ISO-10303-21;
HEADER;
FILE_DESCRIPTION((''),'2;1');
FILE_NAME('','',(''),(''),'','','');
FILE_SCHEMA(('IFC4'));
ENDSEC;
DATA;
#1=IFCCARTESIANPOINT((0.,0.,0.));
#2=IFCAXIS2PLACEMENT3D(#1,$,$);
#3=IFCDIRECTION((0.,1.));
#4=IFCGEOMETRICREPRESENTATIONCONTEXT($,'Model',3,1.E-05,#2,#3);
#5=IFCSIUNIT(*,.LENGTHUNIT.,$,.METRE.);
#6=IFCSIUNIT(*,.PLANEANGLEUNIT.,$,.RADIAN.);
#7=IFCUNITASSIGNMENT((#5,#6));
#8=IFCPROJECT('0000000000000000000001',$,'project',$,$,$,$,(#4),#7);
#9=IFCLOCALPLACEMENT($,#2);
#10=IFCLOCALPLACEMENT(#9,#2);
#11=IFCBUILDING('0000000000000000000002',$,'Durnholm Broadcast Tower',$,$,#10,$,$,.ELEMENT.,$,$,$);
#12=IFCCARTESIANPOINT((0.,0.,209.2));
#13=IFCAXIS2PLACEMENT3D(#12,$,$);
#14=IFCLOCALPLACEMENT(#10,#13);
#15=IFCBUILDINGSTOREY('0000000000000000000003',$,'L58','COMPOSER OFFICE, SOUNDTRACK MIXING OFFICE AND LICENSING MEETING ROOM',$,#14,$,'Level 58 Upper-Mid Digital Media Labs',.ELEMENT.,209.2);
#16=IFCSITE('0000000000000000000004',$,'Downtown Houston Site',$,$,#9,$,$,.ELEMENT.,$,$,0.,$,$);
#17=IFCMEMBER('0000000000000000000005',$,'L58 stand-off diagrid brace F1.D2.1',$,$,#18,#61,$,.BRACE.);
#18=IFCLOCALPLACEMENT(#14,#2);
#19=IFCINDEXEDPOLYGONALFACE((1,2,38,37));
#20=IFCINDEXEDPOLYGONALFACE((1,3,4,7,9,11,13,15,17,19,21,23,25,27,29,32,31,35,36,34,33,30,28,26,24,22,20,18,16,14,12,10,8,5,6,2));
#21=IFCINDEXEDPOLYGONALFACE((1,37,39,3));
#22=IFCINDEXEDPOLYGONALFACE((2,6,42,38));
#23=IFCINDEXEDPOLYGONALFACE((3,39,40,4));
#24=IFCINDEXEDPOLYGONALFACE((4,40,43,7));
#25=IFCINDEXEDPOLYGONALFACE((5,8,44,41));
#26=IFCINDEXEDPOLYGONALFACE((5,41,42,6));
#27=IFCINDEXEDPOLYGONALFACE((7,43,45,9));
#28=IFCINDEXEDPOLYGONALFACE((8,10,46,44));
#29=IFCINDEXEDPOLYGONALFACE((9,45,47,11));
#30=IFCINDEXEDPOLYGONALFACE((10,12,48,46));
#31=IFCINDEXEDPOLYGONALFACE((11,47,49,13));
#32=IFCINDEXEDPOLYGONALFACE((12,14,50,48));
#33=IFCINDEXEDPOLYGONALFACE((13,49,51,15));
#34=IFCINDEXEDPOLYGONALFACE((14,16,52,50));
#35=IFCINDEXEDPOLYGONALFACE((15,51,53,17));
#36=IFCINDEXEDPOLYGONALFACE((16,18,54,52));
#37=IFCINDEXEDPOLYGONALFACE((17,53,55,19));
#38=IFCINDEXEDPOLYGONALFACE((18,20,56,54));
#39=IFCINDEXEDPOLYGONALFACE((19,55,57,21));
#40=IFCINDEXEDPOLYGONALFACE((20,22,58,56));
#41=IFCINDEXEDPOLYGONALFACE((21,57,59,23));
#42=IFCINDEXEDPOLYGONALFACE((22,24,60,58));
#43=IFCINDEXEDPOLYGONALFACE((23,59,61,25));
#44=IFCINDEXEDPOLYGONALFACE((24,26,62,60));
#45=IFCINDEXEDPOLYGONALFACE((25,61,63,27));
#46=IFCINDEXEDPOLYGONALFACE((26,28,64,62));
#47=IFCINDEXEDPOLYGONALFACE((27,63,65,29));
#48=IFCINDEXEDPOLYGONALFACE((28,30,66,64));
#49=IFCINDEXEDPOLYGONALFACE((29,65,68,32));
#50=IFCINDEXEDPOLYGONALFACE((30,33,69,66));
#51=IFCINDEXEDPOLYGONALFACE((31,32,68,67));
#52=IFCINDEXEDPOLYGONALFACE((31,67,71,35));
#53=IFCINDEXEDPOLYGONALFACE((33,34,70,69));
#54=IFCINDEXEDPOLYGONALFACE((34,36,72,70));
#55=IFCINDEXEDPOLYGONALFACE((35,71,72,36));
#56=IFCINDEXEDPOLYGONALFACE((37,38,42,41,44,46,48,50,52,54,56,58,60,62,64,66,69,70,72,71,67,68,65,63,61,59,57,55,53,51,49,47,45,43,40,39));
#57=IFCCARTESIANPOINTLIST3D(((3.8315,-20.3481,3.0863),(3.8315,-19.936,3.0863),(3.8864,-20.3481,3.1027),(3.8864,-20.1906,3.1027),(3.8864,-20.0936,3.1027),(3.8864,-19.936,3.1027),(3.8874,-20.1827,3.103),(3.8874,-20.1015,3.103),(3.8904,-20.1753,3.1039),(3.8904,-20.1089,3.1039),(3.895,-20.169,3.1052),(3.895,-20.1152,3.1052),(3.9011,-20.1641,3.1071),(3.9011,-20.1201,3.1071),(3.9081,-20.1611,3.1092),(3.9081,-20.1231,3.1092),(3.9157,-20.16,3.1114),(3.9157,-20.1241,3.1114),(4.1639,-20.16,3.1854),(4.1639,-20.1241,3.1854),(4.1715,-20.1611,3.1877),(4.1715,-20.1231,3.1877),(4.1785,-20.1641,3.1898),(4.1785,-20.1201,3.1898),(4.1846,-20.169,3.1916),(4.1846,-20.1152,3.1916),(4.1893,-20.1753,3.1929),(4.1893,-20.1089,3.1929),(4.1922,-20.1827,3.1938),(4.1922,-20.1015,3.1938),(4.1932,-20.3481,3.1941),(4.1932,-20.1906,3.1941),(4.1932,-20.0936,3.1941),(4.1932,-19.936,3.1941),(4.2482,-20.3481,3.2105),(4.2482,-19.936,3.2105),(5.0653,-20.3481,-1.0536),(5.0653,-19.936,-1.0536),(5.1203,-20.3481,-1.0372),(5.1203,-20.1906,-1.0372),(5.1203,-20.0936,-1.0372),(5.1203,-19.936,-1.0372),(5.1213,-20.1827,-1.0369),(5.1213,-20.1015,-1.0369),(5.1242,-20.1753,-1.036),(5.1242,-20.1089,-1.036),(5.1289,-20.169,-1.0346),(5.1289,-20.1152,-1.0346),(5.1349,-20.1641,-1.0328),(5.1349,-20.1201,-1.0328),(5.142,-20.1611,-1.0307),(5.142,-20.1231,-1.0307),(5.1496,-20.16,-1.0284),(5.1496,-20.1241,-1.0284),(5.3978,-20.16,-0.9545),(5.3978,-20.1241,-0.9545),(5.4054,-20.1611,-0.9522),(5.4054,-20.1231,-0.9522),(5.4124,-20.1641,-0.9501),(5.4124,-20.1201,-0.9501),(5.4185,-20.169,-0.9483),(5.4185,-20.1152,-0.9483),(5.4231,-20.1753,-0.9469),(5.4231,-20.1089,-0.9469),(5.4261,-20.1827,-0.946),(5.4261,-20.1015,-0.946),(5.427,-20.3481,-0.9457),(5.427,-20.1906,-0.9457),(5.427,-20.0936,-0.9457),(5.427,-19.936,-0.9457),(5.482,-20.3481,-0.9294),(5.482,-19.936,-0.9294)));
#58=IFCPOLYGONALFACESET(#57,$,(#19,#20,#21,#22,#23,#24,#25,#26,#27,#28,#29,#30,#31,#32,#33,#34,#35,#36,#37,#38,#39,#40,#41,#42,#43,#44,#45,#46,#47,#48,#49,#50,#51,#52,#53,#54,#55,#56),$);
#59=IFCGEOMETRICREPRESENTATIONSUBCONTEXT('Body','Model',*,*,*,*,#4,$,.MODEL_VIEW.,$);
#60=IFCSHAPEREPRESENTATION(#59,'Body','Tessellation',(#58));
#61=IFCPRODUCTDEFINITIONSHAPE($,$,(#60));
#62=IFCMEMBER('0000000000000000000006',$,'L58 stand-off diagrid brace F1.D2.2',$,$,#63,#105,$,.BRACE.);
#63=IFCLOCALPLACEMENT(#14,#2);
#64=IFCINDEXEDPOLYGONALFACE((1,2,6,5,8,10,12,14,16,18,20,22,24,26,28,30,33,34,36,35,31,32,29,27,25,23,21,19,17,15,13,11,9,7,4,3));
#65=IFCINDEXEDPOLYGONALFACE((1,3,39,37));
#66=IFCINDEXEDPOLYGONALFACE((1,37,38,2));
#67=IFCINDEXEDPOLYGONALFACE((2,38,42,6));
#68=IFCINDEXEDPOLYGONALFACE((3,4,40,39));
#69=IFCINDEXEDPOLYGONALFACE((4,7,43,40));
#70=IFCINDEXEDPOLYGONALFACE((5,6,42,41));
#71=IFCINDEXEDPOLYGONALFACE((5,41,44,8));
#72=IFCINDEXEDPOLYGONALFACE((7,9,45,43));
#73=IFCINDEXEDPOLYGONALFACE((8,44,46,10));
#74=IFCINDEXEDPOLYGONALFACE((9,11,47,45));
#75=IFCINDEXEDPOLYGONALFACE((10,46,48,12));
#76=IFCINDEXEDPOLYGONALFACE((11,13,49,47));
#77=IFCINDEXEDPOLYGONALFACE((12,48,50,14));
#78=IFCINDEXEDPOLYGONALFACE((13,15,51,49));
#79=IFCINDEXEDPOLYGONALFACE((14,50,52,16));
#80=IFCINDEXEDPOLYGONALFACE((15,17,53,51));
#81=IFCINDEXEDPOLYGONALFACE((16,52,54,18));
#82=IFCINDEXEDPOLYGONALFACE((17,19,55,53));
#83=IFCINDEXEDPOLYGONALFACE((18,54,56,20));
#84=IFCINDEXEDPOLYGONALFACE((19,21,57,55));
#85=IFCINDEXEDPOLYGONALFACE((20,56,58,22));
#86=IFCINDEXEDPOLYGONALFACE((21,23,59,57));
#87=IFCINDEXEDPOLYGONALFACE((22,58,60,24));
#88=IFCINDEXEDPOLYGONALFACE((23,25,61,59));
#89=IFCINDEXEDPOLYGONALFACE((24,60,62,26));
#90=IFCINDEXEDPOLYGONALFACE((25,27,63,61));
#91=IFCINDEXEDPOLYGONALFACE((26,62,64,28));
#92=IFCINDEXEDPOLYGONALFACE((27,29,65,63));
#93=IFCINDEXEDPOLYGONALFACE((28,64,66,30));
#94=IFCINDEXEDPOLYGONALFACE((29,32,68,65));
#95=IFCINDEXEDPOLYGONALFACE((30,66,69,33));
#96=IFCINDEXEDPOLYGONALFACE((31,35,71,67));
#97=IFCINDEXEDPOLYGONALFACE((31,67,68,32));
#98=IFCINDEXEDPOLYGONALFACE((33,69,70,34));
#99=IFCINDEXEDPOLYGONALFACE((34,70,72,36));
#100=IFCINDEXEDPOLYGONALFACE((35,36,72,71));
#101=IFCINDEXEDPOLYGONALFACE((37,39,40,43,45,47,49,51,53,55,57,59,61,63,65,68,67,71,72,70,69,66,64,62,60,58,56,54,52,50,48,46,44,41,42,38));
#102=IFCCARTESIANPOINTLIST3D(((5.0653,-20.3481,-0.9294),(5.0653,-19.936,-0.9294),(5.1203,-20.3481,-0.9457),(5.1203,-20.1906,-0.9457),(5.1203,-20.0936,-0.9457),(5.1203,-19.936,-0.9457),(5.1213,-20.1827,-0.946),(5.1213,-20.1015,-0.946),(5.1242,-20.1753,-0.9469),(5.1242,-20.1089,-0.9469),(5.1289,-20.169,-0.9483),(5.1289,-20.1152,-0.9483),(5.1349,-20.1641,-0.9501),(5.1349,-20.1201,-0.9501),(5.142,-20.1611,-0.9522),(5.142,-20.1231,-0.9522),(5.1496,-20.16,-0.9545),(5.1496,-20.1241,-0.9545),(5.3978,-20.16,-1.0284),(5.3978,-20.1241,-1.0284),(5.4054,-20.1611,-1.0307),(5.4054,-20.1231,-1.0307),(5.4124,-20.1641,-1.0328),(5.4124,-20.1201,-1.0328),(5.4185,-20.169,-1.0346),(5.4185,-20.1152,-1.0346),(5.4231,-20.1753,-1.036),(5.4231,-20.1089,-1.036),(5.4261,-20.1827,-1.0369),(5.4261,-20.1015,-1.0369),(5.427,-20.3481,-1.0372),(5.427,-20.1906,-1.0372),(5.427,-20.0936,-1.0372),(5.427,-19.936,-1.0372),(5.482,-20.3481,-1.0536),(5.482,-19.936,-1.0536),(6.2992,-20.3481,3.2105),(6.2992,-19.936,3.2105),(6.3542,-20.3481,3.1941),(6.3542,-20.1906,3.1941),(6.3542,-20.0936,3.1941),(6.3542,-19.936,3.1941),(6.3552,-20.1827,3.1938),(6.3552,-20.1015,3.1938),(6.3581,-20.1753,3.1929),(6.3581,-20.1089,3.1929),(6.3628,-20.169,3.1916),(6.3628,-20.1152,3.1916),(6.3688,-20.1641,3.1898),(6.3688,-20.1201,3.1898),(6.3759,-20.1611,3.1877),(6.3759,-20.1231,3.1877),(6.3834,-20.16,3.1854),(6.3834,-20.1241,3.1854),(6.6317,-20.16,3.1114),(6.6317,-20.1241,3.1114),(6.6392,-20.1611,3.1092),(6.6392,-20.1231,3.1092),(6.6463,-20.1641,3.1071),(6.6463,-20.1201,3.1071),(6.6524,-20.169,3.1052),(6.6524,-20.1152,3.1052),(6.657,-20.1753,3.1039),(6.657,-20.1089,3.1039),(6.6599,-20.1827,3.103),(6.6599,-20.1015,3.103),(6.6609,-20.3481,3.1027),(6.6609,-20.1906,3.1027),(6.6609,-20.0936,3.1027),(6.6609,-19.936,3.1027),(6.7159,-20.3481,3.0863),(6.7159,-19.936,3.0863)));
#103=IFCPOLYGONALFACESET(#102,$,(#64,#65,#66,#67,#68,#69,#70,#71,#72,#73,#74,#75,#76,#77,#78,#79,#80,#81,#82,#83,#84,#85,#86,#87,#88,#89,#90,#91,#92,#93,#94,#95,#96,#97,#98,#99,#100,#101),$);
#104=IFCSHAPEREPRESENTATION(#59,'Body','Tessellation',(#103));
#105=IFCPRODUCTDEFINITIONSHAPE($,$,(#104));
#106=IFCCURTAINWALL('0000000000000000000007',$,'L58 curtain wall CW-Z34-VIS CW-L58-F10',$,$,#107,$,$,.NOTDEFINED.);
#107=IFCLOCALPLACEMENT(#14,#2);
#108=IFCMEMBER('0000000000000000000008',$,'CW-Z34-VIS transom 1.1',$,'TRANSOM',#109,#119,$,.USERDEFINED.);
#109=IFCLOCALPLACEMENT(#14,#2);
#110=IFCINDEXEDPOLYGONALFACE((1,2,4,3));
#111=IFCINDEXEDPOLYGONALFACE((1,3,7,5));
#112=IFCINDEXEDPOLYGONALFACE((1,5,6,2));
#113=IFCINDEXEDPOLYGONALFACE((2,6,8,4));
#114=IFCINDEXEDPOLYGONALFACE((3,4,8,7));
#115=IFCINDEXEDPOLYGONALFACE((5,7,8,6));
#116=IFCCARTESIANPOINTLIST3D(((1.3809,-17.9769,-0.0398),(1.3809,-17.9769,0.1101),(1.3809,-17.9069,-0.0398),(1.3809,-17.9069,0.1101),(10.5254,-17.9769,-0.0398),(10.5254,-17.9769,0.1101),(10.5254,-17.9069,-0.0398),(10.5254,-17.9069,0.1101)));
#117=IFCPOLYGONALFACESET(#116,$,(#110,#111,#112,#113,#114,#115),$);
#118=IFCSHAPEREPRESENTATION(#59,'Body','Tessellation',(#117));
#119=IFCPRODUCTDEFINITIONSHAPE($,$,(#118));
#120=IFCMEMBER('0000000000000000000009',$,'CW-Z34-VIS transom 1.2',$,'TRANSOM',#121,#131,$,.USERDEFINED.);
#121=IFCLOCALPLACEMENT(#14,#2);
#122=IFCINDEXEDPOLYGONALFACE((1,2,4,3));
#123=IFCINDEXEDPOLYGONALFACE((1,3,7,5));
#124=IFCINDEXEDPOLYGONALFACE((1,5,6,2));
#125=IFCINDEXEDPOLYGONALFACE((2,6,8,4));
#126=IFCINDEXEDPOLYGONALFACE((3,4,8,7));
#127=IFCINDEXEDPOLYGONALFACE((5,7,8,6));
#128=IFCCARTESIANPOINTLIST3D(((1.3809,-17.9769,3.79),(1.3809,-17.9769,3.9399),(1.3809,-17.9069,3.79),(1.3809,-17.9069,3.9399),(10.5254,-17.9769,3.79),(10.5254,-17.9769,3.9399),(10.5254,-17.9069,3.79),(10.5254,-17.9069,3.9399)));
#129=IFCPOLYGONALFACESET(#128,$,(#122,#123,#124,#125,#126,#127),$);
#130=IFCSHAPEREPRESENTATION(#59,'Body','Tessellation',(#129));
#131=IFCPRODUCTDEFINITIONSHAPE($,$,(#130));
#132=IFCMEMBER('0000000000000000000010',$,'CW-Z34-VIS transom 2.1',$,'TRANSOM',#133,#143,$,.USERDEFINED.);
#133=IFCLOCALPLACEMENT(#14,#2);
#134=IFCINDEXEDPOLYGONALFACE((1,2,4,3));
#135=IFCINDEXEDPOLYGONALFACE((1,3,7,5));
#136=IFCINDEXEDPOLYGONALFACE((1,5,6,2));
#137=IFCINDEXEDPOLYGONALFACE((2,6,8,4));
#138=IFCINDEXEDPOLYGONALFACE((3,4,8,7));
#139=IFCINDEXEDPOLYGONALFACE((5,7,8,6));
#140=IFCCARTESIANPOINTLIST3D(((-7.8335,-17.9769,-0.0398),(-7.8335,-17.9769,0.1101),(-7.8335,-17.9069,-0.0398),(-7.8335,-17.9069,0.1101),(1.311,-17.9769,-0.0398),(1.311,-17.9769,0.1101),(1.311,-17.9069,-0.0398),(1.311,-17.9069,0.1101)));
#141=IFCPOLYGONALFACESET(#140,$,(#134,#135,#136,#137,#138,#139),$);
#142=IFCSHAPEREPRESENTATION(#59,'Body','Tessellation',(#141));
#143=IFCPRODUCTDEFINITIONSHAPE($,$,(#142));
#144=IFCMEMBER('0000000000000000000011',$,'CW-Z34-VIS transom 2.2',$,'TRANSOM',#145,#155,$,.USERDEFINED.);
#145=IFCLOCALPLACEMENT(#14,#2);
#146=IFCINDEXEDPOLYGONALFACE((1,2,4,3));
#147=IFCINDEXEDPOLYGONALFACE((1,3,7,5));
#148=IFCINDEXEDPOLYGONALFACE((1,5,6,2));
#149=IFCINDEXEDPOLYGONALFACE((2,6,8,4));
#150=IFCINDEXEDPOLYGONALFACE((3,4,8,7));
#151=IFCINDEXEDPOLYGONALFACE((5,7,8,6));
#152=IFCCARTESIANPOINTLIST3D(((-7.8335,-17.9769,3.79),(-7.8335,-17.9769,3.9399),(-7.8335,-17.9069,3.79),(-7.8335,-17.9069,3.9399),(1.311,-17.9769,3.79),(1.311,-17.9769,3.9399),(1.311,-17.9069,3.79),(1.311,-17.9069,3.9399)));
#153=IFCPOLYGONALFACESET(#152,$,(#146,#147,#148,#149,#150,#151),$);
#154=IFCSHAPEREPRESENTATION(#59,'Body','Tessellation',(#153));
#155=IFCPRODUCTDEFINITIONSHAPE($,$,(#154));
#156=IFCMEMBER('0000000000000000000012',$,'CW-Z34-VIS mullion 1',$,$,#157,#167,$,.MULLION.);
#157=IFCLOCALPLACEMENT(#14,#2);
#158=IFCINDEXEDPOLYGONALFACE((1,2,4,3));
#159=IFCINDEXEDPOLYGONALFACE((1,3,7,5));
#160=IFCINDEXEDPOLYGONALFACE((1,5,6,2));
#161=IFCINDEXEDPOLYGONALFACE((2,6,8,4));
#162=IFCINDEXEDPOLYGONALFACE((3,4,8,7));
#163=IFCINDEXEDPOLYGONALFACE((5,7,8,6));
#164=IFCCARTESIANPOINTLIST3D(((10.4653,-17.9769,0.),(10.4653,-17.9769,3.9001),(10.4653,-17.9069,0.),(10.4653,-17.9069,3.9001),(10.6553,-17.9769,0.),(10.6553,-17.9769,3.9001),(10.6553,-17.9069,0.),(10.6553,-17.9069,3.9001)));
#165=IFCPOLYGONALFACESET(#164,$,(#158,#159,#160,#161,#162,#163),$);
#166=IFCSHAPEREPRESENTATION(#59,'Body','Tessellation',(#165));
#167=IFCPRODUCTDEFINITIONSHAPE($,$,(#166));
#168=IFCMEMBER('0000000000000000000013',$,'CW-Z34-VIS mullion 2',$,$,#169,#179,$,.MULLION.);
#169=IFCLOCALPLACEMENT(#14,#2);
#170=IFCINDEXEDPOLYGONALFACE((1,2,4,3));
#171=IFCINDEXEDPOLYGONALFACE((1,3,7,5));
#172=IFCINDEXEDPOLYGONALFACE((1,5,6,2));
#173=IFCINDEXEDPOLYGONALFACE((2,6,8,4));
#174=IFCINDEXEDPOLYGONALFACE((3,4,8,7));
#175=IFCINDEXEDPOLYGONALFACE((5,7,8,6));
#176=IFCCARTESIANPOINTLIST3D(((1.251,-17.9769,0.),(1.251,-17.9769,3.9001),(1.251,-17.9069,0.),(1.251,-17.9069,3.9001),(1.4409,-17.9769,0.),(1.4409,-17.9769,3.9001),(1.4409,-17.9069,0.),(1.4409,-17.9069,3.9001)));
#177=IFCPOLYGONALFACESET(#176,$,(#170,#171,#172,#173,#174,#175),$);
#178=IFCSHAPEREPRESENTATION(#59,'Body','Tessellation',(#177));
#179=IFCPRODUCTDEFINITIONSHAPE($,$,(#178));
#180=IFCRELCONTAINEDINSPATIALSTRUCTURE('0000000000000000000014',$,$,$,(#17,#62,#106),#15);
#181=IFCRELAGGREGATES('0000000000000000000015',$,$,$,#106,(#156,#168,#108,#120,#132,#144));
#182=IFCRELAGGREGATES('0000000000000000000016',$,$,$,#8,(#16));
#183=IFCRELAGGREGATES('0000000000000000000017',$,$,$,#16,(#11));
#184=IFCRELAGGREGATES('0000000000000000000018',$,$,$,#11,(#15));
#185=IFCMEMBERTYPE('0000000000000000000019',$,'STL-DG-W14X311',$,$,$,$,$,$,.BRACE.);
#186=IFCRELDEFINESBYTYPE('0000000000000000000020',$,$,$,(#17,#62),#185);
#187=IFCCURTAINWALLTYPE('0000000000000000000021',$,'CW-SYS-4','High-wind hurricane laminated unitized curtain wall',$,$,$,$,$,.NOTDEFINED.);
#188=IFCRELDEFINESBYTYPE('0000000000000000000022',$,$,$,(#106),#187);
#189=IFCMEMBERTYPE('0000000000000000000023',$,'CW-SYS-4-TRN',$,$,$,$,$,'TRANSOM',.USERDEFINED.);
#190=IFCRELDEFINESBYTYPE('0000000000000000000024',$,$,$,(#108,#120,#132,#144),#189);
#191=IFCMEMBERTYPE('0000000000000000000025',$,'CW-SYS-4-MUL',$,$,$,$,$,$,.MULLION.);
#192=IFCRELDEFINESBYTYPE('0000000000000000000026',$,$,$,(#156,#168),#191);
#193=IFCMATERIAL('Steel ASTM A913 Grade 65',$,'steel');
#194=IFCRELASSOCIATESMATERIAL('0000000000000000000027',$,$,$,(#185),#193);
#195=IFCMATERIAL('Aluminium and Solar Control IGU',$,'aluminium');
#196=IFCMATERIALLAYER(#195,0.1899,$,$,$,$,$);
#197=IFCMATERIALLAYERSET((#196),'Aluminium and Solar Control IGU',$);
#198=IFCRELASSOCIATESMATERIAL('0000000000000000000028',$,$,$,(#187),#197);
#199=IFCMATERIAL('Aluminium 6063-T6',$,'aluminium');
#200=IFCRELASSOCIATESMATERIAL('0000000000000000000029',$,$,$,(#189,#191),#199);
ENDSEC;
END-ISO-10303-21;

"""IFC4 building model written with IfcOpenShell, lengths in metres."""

from ifc_helpers import new_model, si_unit, direction, frame, origin, origin_2d, place, context, subcontext, project, spatial, rectangle, i_section, extrude, source, transform, mapped, material, layer, layer_set, material_profile, profile_set, type_object, type_shapes, element, aggregate, save


model = new_model("IFC4")

# Units and contexts
model_context = context("Model", 3, precision=1e-05, world=origin(), true_north=direction((0.0, 1.0)))
body_context = subcontext(model_context, "Body", "Model", "MODEL_VIEW")
ifc_project = project(units=[si_unit("LENGTHUNIT", "METRE"), si_unit("PLANEANGLEUNIT", "RADIAN")], contexts=[model_context])

# Site, building, storey
site_placement = place(None, origin())
site = spatial("IfcSite", under=ifc_project, at=site_placement, Name="Downtown Houston Site", CompositionType="ELEMENT", RefElevation=0.0)
building_placement = place(site_placement, origin())
building = spatial("IfcBuilding", under=site, at=building_placement, Name="Durnholm Broadcast Tower", CompositionType="ELEMENT")
storey_placement = place(building_placement, frame((0.0, 0.0, 209.2)))
storey = spatial("IfcBuildingStorey", under=building, at=storey_placement, Name="L58", Description="COMPOSER OFFICE, SOUNDTRACK MIXING OFFICE AND LICENSING MEETING ROOM", LongName="Level 58 Upper-Mid Digital Media Labs", CompositionType="ELEMENT", Elevation=209.2)

# Members
ifc_material_1 = material(Name="Steel ASTM A913 Grade 65", Category="steel")
ifc_material_profile_1 = material_profile(ifc_material_1, i_section(OverallWidth=0.4121, OverallDepth=0.4348, WebThickness=0.0359, FlangeThickness=0.0574, FilletRadius=0.0305, at=origin_2d()), Name="W14X311")
ifc_profile_set_1 = profile_set([ifc_material_profile_1], Name="Steel ASTM A913 Grade 65")
member_type_1 = type_object("IfcMemberType", Name="STL-DG-W14X311", PredefinedType="BRACE", material=ifc_profile_set_1)
shared_shape_1 = source(origin(), body_context, "Body", "SweptSolid", [
    extrude(i_section(OverallWidth=0.4121, OverallDepth=0.4348, WebThickness=0.0359, FlangeThickness=0.0574, FilletRadius=0.0305, at=origin_2d()), origin(), (0.0, 0.0, 1.0), 4.3198),
])
type_shapes(member_type_1, [shared_shape_1])
for number, where, z_axis, x_axis, name in (
    (1, (5.2737, -20.1421, -0.9915), (-0.285631, 0.0, 0.95834), (0.0, -1.0, 0.0), "L58 stand-off diagrid brace F1.D2.1"),
    (2, (5.2737, -20.1421, -0.9915), (0.285631, 0.0, 0.95834), (0.0, 1.0, 0.0), "L58 stand-off diagrid brace F1.D2.2"),
):
    element("IfcMember", number, at=place(storey_placement, frame(where, z_axis=z_axis, x_axis=x_axis)), inside=storey, type_object=member_type_1, Name=name, PredefinedType="BRACE", context=body_context, shape_type="MappedRepresentation", body=[
        mapped(shared_shape_1, transform((0.0, 0.0, 0.0), x_axis=(1.0, 0.0, 0.0), y_axis=(0.0, 1.0, 0.0), z_axis=(0.0, 0.0, 1.0), scale=1.0)),
    ])

# Curtain wall, members
ifc_material_2 = material(Name="Aluminium and Solar Control IGU", Category="aluminium")
ifc_layer_1 = layer(ifc_material_2, 0.1899)
ifc_layer_set_1 = layer_set([ifc_layer_1], Name="Aluminium and Solar Control IGU")
curtain_wall_type = type_object("IfcCurtainWallType", Name="CW-SYS-4", Description="High-wind hurricane laminated unitized curtain wall", PredefinedType="NOTDEFINED", material=ifc_layer_set_1)
curtain_wall_placement = place(storey_placement, origin())
curtain_wall = element("IfcCurtainWall", 3, at=curtain_wall_placement, inside=storey, type_object=curtain_wall_type, Name="L58 curtain wall CW-Z34-VIS CW-L58-F10", PredefinedType="NOTDEFINED")
ifc_material_3 = material(Name="Aluminium 6063-T6", Category="aluminium")
ifc_material_profile_2 = material_profile(ifc_material_3, rectangle(XDim=0.0701, YDim=0.1499, at=origin_2d()), Name="CWT70X150")
ifc_profile_set_2 = profile_set([ifc_material_profile_2], Name="Aluminium 6063-T6")
member_type_2 = type_object("IfcMemberType", Name="CW-SYS-4-TRN", ElementType="TRANSOM", PredefinedType="USERDEFINED", material=ifc_profile_set_2)
shared_shape_2 = source(origin(), body_context, "Body", "SweptSolid", [
    extrude(rectangle(XDim=0.0701, YDim=0.1499, at=origin_2d()), origin(), (0.0, 0.0, 1.0), 9.1445),
])
type_shapes(member_type_2, [shared_shape_2])
member_1_placement = place(storey_placement, frame((10.5254, -17.9419, 0.0352), z_axis=(-1.0, 0.0, 0.0), x_axis=(0.0, -1.0, 0.0)))
member_1 = element("IfcMember", 4, at=member_1_placement, type_object=member_type_2, Name="CW-Z34-VIS transom 1.1", ObjectType="TRANSOM", PredefinedType="USERDEFINED", context=body_context, shape_type="MappedRepresentation", body=[
    mapped(shared_shape_2, transform((0.0, 0.0, 0.0), x_axis=(1.0, 0.0, 0.0), y_axis=(0.0, 1.0, 0.0), z_axis=(0.0, 0.0, 1.0), scale=1.0)),
])
member_2_placement = place(storey_placement, frame((10.5254, -17.9419, 3.865), z_axis=(-1.0, 0.0, 0.0), x_axis=(0.0, -1.0, 0.0)))
member_2 = element("IfcMember", 5, at=member_2_placement, type_object=member_type_2, Name="CW-Z34-VIS transom 1.2", ObjectType="TRANSOM", PredefinedType="USERDEFINED", context=body_context, shape_type="MappedRepresentation", body=[
    mapped(shared_shape_2, transform((0.0, 0.0, 0.0), x_axis=(1.0, 0.0, 0.0), y_axis=(0.0, 1.0, 0.0), z_axis=(0.0, 0.0, 1.0), scale=1.0)),
])
member_3_placement = place(storey_placement, frame((1.311, -17.9419, 0.0352), z_axis=(-1.0, 0.0, 0.0), x_axis=(0.0, -1.0, 0.0)))
member_3 = element("IfcMember", 6, at=member_3_placement, type_object=member_type_2, Name="CW-Z34-VIS transom 2.1", ObjectType="TRANSOM", PredefinedType="USERDEFINED", context=body_context, shape_type="MappedRepresentation", body=[
    mapped(shared_shape_2, transform((0.0, 0.0, 0.0), x_axis=(1.0, 0.0, 0.0), y_axis=(0.0, 1.0, 0.0), z_axis=(0.0, 0.0, 1.0), scale=1.0)),
])
member_4_placement = place(storey_placement, frame((1.311, -17.9419, 3.865), z_axis=(-1.0, 0.0, 0.0), x_axis=(0.0, -1.0, 0.0)))
member_4 = element("IfcMember", 7, at=member_4_placement, type_object=member_type_2, Name="CW-Z34-VIS transom 2.2", ObjectType="TRANSOM", PredefinedType="USERDEFINED", context=body_context, shape_type="MappedRepresentation", body=[
    mapped(shared_shape_2, transform((0.0, 0.0, 0.0), x_axis=(1.0, 0.0, 0.0), y_axis=(0.0, 1.0, 0.0), z_axis=(0.0, 0.0, 1.0), scale=1.0)),
])
ifc_material_profile_3 = material_profile(ifc_material_3, rectangle(XDim=0.0701, YDim=0.1899, at=origin_2d()), Name="CWM70X190")
ifc_profile_set_3 = profile_set([ifc_material_profile_3], Name="Aluminium 6063-T6")
member_type_3 = type_object("IfcMemberType", Name="CW-SYS-4-MUL", PredefinedType="MULLION", material=ifc_profile_set_3)
shared_shape_3 = source(origin(), body_context, "Body", "SweptSolid", [
    extrude(rectangle(XDim=0.0701, YDim=0.1899, at=origin_2d()), origin(), (0.0, 0.0, 1.0), 3.9001),
])
type_shapes(member_type_3, [shared_shape_3])
member_5_placement = place(storey_placement, frame((10.5603, -17.9419, 0.0), z_axis=(0.0, 0.0, 1.0), x_axis=(0.0, -1.0, 0.0)))
member_5 = element("IfcMember", 8, at=member_5_placement, type_object=member_type_3, Name="CW-Z34-VIS mullion 1", PredefinedType="MULLION", context=body_context, shape_type="MappedRepresentation", body=[
    mapped(shared_shape_3, transform((0.0, 0.0, 0.0), x_axis=(1.0, 0.0, 0.0), y_axis=(0.0, 1.0, 0.0), z_axis=(0.0, 0.0, 1.0), scale=1.0)),
])
member_6_placement = place(storey_placement, frame((1.3459, -17.9419, 0.0), z_axis=(0.0, 0.0, 1.0), x_axis=(0.0, -1.0, 0.0)))
member_6 = element("IfcMember", 9, at=member_6_placement, type_object=member_type_3, Name="CW-Z34-VIS mullion 2", PredefinedType="MULLION", context=body_context, shape_type="MappedRepresentation", body=[
    mapped(shared_shape_3, transform((0.0, 0.0, 0.0), x_axis=(1.0, 0.0, 0.0), y_axis=(0.0, 1.0, 0.0), z_axis=(0.0, 0.0, 1.0), scale=1.0)),
])
aggregate(curtain_wall, [member_5, member_6, member_1, member_2, member_3, member_4])

save(model, "model.ifc")
